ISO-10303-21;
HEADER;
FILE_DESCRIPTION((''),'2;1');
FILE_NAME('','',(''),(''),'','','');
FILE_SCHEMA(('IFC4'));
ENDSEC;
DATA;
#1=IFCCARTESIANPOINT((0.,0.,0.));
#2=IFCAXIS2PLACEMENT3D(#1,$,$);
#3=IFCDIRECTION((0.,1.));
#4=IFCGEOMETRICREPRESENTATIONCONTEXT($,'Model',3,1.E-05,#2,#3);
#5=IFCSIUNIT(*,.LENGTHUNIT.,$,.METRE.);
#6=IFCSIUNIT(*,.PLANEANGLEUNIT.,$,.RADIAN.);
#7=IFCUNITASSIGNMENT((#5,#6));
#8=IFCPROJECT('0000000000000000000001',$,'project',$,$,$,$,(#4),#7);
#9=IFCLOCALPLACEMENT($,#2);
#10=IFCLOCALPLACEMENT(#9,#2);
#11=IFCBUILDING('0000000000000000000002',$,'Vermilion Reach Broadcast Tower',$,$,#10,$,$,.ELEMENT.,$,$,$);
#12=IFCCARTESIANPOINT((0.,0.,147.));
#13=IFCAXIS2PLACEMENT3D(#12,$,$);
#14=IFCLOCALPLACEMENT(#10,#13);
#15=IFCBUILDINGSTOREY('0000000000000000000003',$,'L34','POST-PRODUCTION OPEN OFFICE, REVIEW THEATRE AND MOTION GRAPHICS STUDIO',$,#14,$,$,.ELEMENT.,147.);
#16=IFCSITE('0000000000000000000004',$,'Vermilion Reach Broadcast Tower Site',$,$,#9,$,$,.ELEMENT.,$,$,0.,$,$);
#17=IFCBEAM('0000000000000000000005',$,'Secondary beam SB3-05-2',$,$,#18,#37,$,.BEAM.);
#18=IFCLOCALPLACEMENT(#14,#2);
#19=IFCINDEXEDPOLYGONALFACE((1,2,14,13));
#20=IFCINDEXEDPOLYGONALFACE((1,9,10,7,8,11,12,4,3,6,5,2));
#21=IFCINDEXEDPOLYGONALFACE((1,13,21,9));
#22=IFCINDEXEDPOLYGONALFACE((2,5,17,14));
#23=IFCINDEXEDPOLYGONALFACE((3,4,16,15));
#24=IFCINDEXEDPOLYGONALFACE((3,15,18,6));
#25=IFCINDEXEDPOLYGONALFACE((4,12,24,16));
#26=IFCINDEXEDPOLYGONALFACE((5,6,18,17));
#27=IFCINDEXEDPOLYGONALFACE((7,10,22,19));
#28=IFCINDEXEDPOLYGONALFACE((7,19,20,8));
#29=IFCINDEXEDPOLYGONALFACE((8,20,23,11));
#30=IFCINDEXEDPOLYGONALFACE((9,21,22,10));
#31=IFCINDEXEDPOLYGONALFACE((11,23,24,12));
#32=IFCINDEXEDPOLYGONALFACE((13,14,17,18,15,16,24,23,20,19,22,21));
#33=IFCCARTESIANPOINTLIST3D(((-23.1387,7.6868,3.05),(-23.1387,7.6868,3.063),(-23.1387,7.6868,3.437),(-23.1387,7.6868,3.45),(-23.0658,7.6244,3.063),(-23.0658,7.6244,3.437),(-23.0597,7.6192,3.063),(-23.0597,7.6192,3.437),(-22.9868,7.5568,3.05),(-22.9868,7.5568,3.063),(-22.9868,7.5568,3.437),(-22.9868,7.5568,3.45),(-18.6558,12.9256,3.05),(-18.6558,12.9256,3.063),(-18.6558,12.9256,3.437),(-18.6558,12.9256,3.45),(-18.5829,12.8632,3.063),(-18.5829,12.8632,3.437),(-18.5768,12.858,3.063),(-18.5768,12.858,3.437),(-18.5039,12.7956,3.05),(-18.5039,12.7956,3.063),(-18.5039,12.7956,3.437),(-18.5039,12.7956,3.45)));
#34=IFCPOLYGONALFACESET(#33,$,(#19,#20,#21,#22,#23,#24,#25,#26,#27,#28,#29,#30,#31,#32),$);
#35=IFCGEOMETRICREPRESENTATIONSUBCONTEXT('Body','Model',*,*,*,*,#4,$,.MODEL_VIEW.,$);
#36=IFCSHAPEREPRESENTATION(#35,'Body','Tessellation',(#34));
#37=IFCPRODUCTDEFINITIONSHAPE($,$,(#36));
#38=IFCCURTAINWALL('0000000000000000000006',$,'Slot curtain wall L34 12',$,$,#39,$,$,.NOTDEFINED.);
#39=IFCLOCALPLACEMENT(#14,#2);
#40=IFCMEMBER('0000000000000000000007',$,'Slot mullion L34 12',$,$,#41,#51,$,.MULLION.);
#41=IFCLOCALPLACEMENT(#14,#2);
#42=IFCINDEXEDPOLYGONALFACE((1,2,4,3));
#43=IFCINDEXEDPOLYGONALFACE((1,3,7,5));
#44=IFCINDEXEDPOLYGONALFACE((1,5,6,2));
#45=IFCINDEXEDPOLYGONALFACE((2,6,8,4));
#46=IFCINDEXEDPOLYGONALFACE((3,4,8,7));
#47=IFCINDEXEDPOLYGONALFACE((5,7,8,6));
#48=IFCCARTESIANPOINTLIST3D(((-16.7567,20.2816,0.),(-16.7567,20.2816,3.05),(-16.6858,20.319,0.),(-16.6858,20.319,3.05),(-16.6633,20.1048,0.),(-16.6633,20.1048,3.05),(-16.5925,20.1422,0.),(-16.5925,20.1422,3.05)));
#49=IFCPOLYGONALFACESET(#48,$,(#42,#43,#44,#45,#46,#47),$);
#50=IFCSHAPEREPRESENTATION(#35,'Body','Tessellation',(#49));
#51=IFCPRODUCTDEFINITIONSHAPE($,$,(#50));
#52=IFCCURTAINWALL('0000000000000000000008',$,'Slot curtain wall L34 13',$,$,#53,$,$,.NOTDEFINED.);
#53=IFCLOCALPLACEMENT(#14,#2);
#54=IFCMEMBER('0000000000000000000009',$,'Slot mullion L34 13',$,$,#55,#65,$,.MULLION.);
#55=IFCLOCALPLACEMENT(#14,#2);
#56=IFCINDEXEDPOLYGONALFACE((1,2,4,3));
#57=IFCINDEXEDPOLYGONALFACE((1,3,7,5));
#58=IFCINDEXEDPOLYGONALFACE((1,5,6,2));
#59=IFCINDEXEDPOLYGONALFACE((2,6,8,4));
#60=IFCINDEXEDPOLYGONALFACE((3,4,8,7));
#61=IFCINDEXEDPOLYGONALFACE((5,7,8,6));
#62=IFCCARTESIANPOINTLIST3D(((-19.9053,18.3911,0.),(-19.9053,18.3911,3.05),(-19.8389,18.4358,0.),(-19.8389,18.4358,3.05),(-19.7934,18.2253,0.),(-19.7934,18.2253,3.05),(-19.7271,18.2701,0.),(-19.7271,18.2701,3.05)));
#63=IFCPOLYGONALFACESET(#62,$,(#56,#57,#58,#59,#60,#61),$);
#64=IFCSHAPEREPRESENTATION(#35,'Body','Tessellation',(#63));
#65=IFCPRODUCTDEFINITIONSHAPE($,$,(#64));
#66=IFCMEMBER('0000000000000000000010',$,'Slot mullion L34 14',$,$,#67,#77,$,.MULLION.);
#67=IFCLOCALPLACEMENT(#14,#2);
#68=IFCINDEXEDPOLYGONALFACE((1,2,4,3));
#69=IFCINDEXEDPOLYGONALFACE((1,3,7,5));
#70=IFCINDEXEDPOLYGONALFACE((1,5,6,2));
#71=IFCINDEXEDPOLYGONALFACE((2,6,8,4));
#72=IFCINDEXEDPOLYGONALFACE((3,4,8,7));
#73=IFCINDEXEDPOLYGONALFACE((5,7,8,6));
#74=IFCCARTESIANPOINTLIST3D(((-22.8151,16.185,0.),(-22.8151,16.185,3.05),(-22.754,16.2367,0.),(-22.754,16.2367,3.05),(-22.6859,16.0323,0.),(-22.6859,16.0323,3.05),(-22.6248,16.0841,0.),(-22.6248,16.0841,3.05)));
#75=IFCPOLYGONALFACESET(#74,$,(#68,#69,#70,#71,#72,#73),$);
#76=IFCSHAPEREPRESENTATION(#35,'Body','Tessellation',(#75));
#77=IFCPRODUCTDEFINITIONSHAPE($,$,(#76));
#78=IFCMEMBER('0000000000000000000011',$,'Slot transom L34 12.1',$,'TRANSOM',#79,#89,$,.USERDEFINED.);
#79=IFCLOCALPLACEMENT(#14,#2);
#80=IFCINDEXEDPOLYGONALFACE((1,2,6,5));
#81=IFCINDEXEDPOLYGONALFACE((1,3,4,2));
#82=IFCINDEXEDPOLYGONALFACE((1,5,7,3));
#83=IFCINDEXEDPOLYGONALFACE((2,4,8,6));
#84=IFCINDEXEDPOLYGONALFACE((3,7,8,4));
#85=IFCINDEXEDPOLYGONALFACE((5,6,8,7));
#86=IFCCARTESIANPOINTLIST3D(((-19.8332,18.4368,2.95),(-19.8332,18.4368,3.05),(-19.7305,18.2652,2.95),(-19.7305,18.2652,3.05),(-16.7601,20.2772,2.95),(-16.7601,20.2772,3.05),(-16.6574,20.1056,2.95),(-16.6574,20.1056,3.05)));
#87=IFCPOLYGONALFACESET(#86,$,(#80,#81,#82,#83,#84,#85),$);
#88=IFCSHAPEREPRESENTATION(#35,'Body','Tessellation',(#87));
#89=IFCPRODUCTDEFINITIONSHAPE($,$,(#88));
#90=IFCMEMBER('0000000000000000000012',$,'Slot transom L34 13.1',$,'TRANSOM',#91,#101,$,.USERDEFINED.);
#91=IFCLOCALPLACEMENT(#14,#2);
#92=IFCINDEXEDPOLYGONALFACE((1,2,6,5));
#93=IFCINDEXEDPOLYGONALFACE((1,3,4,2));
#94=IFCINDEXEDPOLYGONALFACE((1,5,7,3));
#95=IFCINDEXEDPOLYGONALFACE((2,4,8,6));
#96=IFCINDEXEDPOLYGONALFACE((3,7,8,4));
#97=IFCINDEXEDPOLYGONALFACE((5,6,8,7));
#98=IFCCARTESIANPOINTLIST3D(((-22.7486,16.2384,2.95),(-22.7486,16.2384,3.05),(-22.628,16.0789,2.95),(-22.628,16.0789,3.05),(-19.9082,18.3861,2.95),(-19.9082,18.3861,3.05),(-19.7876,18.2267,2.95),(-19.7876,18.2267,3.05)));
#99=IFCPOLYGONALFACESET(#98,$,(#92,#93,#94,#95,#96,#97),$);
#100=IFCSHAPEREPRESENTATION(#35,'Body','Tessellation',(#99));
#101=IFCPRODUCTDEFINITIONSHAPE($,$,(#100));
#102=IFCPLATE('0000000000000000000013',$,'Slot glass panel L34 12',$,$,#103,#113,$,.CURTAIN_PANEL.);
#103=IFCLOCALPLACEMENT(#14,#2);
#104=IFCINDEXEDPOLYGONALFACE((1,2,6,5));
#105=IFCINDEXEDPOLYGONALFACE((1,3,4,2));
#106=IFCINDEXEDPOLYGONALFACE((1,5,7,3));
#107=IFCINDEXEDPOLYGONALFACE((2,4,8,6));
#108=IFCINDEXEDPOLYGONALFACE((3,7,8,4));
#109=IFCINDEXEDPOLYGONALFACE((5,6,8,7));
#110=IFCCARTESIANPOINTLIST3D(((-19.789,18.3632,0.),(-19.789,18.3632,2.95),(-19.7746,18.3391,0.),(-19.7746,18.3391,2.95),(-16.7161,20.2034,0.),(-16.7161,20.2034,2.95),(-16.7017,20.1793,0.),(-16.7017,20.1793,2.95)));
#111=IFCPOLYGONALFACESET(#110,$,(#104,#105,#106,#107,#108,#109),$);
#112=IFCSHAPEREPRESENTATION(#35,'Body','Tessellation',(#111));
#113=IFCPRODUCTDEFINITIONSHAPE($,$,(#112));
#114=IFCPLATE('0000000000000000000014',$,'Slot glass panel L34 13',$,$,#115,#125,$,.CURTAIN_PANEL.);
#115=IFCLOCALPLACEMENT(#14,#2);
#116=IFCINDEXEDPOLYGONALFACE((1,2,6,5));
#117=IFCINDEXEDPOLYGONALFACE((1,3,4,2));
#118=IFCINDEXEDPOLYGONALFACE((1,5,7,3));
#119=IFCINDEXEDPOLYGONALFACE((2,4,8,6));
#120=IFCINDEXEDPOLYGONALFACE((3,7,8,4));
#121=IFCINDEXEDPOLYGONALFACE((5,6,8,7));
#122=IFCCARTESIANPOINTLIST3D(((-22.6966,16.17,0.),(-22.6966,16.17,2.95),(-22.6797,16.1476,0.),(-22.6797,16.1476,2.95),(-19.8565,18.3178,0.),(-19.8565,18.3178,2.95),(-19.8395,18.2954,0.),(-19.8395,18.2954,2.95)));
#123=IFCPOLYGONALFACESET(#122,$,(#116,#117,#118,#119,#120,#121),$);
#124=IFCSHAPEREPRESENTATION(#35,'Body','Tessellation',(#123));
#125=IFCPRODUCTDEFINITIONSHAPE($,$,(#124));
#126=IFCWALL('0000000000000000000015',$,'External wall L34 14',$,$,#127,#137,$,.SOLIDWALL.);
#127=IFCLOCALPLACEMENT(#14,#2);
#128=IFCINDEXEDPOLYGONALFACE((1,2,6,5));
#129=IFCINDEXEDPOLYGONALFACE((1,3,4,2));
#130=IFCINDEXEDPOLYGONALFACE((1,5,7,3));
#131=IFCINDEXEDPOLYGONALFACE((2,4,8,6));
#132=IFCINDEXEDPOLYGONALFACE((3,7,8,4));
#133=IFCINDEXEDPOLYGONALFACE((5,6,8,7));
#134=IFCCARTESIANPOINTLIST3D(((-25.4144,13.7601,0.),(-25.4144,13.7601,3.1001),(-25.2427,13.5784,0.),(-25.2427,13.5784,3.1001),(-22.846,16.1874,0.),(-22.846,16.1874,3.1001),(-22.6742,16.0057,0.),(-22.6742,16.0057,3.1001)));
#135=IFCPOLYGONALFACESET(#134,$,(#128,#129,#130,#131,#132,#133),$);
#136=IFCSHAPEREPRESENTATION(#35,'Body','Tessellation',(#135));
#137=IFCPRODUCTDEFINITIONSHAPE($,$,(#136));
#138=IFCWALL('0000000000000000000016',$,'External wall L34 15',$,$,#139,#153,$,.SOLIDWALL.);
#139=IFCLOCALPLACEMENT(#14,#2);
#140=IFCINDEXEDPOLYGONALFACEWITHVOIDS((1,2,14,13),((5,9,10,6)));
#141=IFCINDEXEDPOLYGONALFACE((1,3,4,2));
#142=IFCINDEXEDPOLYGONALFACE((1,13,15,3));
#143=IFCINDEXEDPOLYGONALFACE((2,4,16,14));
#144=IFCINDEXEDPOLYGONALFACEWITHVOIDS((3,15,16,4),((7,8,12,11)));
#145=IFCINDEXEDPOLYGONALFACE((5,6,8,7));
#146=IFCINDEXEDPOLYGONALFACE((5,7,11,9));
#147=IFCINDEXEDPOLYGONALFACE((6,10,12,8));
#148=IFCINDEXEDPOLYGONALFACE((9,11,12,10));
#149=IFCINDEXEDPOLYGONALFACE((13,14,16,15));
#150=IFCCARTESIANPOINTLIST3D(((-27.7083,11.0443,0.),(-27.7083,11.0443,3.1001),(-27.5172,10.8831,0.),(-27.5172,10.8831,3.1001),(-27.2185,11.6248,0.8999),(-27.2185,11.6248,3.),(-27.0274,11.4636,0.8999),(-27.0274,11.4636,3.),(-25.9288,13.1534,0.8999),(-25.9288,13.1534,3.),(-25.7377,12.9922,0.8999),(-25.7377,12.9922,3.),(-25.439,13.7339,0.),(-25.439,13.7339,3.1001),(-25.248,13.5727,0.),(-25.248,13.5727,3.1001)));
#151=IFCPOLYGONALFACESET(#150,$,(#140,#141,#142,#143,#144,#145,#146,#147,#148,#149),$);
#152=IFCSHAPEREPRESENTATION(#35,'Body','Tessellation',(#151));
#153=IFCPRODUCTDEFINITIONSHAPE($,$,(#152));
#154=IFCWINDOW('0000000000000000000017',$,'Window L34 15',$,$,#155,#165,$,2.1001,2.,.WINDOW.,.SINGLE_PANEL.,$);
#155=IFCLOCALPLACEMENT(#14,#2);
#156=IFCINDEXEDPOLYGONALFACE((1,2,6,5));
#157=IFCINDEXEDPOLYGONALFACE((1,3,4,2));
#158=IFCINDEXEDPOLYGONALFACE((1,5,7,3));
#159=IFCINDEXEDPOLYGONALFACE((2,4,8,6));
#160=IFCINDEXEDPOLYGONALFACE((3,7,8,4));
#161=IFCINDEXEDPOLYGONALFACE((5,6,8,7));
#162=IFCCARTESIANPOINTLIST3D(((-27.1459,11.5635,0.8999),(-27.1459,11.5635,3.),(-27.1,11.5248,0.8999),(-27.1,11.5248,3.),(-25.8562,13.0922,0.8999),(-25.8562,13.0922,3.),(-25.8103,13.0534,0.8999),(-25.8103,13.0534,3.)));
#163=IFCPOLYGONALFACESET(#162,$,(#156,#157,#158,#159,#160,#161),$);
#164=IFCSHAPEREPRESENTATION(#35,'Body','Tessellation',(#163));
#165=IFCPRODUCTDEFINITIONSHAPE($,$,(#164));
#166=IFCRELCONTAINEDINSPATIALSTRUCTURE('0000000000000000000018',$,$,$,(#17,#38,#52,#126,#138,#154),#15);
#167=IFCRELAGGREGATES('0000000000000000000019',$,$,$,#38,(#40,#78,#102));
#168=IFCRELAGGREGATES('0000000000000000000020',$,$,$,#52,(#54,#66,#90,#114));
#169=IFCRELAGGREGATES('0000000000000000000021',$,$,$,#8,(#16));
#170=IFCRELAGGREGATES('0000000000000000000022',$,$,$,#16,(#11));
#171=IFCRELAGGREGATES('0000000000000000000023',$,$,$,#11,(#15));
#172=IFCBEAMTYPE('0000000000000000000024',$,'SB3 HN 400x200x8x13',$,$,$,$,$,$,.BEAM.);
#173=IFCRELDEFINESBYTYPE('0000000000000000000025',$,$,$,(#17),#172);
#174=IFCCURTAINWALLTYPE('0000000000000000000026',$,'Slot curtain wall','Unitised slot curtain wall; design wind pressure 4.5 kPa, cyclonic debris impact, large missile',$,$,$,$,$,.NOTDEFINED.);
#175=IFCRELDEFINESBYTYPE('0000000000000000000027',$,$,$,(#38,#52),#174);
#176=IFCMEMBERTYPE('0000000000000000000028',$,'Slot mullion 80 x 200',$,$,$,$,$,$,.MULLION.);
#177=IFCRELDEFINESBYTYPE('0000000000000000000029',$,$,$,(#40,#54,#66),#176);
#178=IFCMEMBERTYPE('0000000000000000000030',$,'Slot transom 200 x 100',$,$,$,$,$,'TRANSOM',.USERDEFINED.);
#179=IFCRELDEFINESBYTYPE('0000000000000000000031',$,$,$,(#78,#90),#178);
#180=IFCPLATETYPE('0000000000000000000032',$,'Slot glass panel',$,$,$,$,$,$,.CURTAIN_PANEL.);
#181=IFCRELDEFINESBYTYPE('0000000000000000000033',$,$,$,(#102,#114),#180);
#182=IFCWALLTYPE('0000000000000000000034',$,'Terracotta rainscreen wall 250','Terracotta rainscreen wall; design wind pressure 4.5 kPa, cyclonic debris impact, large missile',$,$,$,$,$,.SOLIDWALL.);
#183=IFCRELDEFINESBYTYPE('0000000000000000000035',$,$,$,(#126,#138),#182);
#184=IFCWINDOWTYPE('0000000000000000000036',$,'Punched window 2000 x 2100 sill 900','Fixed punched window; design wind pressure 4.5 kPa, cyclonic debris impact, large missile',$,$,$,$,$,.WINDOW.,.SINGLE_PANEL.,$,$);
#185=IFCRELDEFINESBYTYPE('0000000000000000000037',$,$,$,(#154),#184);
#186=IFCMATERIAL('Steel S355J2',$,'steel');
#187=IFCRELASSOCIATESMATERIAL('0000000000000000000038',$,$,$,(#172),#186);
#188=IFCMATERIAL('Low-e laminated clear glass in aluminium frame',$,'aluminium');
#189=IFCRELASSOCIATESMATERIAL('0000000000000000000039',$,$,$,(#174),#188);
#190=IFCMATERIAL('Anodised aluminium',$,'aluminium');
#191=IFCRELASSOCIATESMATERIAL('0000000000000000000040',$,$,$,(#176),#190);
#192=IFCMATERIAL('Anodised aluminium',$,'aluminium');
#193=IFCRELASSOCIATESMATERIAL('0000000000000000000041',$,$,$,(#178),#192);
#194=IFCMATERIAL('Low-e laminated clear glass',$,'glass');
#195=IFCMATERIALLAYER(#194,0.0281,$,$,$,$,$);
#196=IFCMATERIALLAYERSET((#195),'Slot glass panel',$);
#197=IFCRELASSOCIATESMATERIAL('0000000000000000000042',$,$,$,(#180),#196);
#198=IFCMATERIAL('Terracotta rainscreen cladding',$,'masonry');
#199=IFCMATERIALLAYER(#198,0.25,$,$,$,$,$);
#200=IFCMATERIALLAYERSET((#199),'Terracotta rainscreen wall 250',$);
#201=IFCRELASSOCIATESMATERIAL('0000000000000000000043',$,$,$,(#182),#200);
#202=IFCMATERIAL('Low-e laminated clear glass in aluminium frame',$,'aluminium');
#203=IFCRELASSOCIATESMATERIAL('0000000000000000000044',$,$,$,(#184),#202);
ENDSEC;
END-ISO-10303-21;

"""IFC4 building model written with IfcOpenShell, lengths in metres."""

from ifc_helpers import new_model, si_unit, direction, frame, frame_2d, origin, origin_2d, place, context, subcontext, project, spatial, rectangle, i_section, extrude, material, layer, layer_set, material_profile, profile_set, type_object, element, fill, aggregate, save


model = new_model("IFC4")

# Units and contexts
model_context = context("Model", 3, precision=1e-05, world=origin(), true_north=direction((0.0, 1.0)))
body_context = subcontext(model_context, "Body", "Model", "MODEL_VIEW")
ifc_project = project(units=[si_unit("LENGTHUNIT", "METRE"), si_unit("PLANEANGLEUNIT", "RADIAN")], contexts=[model_context])

# Site, building, storey
site_placement = place(None, origin())
site = spatial("IfcSite", under=ifc_project, at=site_placement, Name="Vermilion Reach Broadcast Tower Site", CompositionType="ELEMENT", RefElevation=0.0)
building_placement = place(site_placement, origin())
building = spatial("IfcBuilding", under=site, at=building_placement, Name="Vermilion Reach Broadcast Tower", CompositionType="ELEMENT")
storey_placement = place(building_placement, frame((0.0, 0.0, 147.0)))
storey = spatial("IfcBuildingStorey", under=building, at=storey_placement, Name="L34", Description="POST-PRODUCTION OPEN OFFICE, REVIEW THEATRE AND MOTION GRAPHICS STUDIO", CompositionType="ELEMENT", Elevation=147.0)

# Beam
ifc_material_1 = material(Name="Steel S355J2", Category="steel")
ifc_material_profile_1 = material_profile(ifc_material_1, i_section(OverallWidth=0.2, OverallDepth=0.3999, WebThickness=0.0081, FlangeThickness=0.0129, at=origin_2d()), Name="S355J2 HN 400x200x8x13")
ifc_profile_set_1 = profile_set([ifc_material_profile_1], Name="Steel S355J2")
beam_type_1 = type_object("IfcBeamType", Name="SB3 HN 400x200x8x13", PredefinedType="BEAM", material=ifc_profile_set_1)
beam_1_placement = place(storey_placement, frame((-18.5798, 12.8606, 3.25), z_axis=(-0.650167, -0.759791, 0.0), x_axis=(0.759791, -0.650167, 0.0)))
element("IfcBeam", 1, at=beam_1_placement, inside=storey, type_object=beam_type_1, Name="Secondary beam SB3-05-2", PredefinedType="BEAM", context=body_context, shape_type="SweptSolid", body=[
    extrude(i_section(OverallWidth=0.2, OverallDepth=0.3999, WebThickness=0.0081, FlangeThickness=0.0129, at=origin_2d()), origin(), (0.0, 0.0, 1.0), 6.895),
])

# Curtain wall, member
ifc_material_2 = material(Name="Low-e laminated clear glass in aluminium frame", Category="aluminium")
curtain_wall_type = type_object("IfcCurtainWallType", Name="Slot curtain wall", Description="Unitised slot curtain wall; design wind pressure 4.5 kPa, cyclonic debris impact, large missile", PredefinedType="NOTDEFINED", material=ifc_material_2)
placement = place(storey_placement, origin())
curtain_wall_1 = element("IfcCurtainWall", 2, at=placement, inside=storey, type_object=curtain_wall_type, Name="Slot curtain wall L34 12", PredefinedType="NOTDEFINED")
ifc_material_3 = material(Name="Anodised aluminium", Category="aluminium")
ifc_material_profile_2 = material_profile(ifc_material_3, rectangle(XDim=0.2, YDim=0.0801, at=origin_2d()), Name="Slot mullion 80 x 200")
ifc_profile_set_2 = profile_set([ifc_material_profile_2], Name="Anodised aluminium")
member_type_1 = type_object("IfcMemberType", Name="Slot mullion 80 x 200", PredefinedType="MULLION", material=ifc_profile_set_2)
member_1_placement = place(storey_placement, frame((-16.6746, 20.2119, 0.0), z_axis=(0.0, 0.0, 1.0), x_axis=(0.467004, -0.884255, 0.0)))
member_1 = element("IfcMember", 3, at=member_1_placement, type_object=member_type_1, Name="Slot mullion L34 12", PredefinedType="MULLION", context=body_context, shape_type="SweptSolid", body=[
    extrude(rectangle(XDim=0.2, YDim=0.0801, at=origin_2d()), origin(), (0.0, 0.0, 1.0), 3.05),
])

# Curtain wall, members
curtain_wall_2 = element("IfcCurtainWall", 4, at=placement, inside=storey, type_object=curtain_wall_type, Name="Slot curtain wall L34 13", PredefinedType="NOTDEFINED")
member_2_placement = place(storey_placement, frame((-19.8162, 18.3306, 0.0), z_axis=(0.0, 0.0, 1.0), x_axis=(0.559279, -0.82898, 0.0)))
member_2 = element("IfcMember", 5, at=member_2_placement, type_object=member_type_1, Name="Slot mullion L34 13", PredefinedType="MULLION", context=body_context, shape_type="SweptSolid", body=[
    extrude(rectangle(XDim=0.2, YDim=0.0801, at=origin_2d()), origin(), (0.0, 0.0, 1.0), 3.05),
])
member_3_placement = place(storey_placement, frame((-22.72, 16.1345, 0.0), z_axis=(0.0, 0.0, 1.0), x_axis=(0.646004, -0.763334, 0.0)))
member_3 = element("IfcMember", 6, at=member_3_placement, type_object=member_type_1, Name="Slot mullion L34 14", PredefinedType="MULLION", context=body_context, shape_type="SweptSolid", body=[
    extrude(rectangle(XDim=0.2, YDim=0.0801, at=origin_2d()), origin(), (0.0, 0.0, 1.0), 3.05),
])

# Members
ifc_material_4 = material(Name="Anodised aluminium", Category="aluminium")
ifc_material_profile_3 = material_profile(ifc_material_4, rectangle(XDim=0.2, YDim=0.1001, at=origin_2d()), Name="Slot transom 200 x 100")
ifc_profile_set_3 = profile_set([ifc_material_profile_3], Name="Anodised aluminium")
member_type_2 = type_object("IfcMemberType", Name="Slot transom 200 x 100", ElementType="TRANSOM", PredefinedType="USERDEFINED", material=ifc_profile_set_3)
member_4_placement = place(storey_placement, frame((-16.7087, 20.1914, 3.0), z_axis=(-0.85792, -0.513784, 0.0), x_axis=(0.513784, -0.85792, 0.0)))
member_4 = element("IfcMember", 7, at=member_4_placement, type_object=member_type_2, Name="Slot transom L34 12.1", ObjectType="TRANSOM", PredefinedType="USERDEFINED", context=body_context, shape_type="SweptSolid", body=[
    extrude(rectangle(XDim=0.2, YDim=0.1001, at=origin_2d()), origin(), (0.0, 0.0, 1.0), 3.582),
])
member_5_placement = place(storey_placement, frame((-19.8479, 18.3064, 3.0), z_axis=(-0.797641, -0.603133, 0.0), x_axis=(0.603133, -0.797641, 0.0)))
member_5 = element("IfcMember", 8, at=member_5_placement, type_object=member_type_2, Name="Slot transom L34 13.1", ObjectType="TRANSOM", PredefinedType="USERDEFINED", context=body_context, shape_type="SweptSolid", body=[
    extrude(rectangle(XDim=0.2, YDim=0.1001, at=origin_2d()), origin(), (0.0, 0.0, 1.0), 3.561),
])

# Plates
ifc_material_5 = material(Name="Low-e laminated clear glass", Category="glass")
ifc_layer_1 = layer(ifc_material_5, 0.0281)
ifc_layer_set_1 = layer_set([ifc_layer_1], Name="Slot glass panel")
plate_type = type_object("IfcPlateType", Name="Slot glass panel", PredefinedType="CURTAIN_PANEL", material=ifc_layer_set_1)
plate_1_placement = place(storey_placement, frame((-18.2454, 19.2712, 0.0), z_axis=(0.0, 0.0, 1.0), x_axis=(-0.857937, -0.513756, 0.0)))
plate_1 = element("IfcPlate", 9, at=plate_1_placement, type_object=plate_type, Name="Slot glass panel L34 12", PredefinedType="CURTAIN_PANEL", context=body_context, shape_type="SweptSolid", body=[
    extrude(rectangle(XDim=3.5818, YDim=0.0281, at=origin_2d()), origin(), (0.0, 0.0, 1.0), 2.95),
])
aggregate(curtain_wall_1, [member_1, member_4, plate_1])
plate_2_placement = place(storey_placement, frame((-21.2681, 17.2327, 0.0), z_axis=(0.0, 0.0, 1.0), x_axis=(-0.79761, -0.603174, 0.0)))
plate_2 = element("IfcPlate", 10, at=plate_2_placement, type_object=plate_type, Name="Slot glass panel L34 13", PredefinedType="CURTAIN_PANEL", context=body_context, shape_type="SweptSolid", body=[
    extrude(rectangle(XDim=3.5608, YDim=0.0281, at=origin_2d()), origin(), (0.0, 0.0, 1.0), 2.95),
])
aggregate(curtain_wall_2, [member_2, member_3, member_5, plate_2])

# Wall
ifc_material_6 = material(Name="Terracotta rainscreen cladding", Category="masonry")
ifc_layer_2 = layer(ifc_material_6, 0.25)
ifc_layer_set_2 = layer_set([ifc_layer_2], Name="Terracotta rainscreen wall 250")
wall_type_1 = type_object("IfcWallType", Name="Terracotta rainscreen wall 250", Description="Terracotta rainscreen wall; design wind pressure 4.5 kPa, cyclonic debris impact, large missile", PredefinedType="SOLIDWALL", material=ifc_layer_set_2)
wall_1_placement = place(storey_placement, frame((-22.76, 16.0967, 0.0), z_axis=(0.0, 0.0, 1.0), x_axis=(-0.726791, -0.686859, 0.0)))
element("IfcWall", 11, at=wall_1_placement, inside=storey, type_object=wall_type_1, Name="External wall L34 14", PredefinedType="SOLIDWALL", context=body_context, shape_type="SweptSolid", body=[
    extrude(rectangle(XDim=3.5339, YDim=0.25, at=frame_2d((1.7671, 0.0))), origin(), (0.0, 0.0, 1.0), 3.1001),
])

# Wall, opening, window
wall_2_placement = place(storey_placement, frame((-25.3435, 13.6533, 0.0), z_axis=(0.0, 0.0, 1.0), x_axis=(-0.644847, -0.764312, 0.0)))
wall_2 = element("IfcWall", 12, at=wall_2_placement, inside=storey, type_object=wall_type_1, Name="External wall L34 15", PredefinedType="SOLIDWALL", context=body_context, shape_type="SweptSolid", body=[
    extrude(rectangle(XDim=3.519, YDim=0.25, at=frame_2d((1.7595, 0.0))), origin(), (0.0, 0.0, 1.0), 3.1001),
])
opening_1_placement = place(wall_2_placement, frame((0.7595, 0.0, 0.8999)))
opening_1 = element("IfcOpeningElement", 13, at=opening_1_placement, cuts=wall_2, PredefinedType="OPENING", context=body_context, shape_type="SweptSolid", body=[
    extrude(rectangle(XDim=2.0, YDim=2.1001, at=frame_2d((1.0, 1.05))), frame((0.0, 0.135, 0.0), z_axis=(0.0, -1.0, 0.0), x_axis=(1.0, 0.0, 0.0)), (0.0, 0.0, 1.0), 0.27),
])
ifc_material_7 = material(Name="Low-e laminated clear glass in aluminium frame", Category="aluminium")
window_type = type_object("IfcWindowType", Name="Punched window 2000 x 2100 sill 900", Description="Fixed punched window; design wind pressure 4.5 kPa, cyclonic debris impact, large missile", PartitioningType="SINGLE_PANEL", PredefinedType="WINDOW", material=ifc_material_7)
window_placement = place(opening_1_placement, origin())
window = element("IfcWindow", 14, at=window_placement, inside=storey, type_object=window_type, Name="Window L34 15", OverallHeight=2.1001, OverallWidth=2.0, PartitioningType="SINGLE_PANEL", PredefinedType="WINDOW", context=body_context, shape_type="SweptSolid", body=[
    extrude(rectangle(XDim=2.0, YDim=2.1001, at=frame_2d((1.0, 1.05))), frame((0.0, 0.03, 0.0), z_axis=(0.0, -1.0, 0.0), x_axis=(1.0, 0.0, 0.0)), (0.0, 0.0, 1.0), 0.0601),
])
fill(opening_1, window)

save(model, "model.ifc")
